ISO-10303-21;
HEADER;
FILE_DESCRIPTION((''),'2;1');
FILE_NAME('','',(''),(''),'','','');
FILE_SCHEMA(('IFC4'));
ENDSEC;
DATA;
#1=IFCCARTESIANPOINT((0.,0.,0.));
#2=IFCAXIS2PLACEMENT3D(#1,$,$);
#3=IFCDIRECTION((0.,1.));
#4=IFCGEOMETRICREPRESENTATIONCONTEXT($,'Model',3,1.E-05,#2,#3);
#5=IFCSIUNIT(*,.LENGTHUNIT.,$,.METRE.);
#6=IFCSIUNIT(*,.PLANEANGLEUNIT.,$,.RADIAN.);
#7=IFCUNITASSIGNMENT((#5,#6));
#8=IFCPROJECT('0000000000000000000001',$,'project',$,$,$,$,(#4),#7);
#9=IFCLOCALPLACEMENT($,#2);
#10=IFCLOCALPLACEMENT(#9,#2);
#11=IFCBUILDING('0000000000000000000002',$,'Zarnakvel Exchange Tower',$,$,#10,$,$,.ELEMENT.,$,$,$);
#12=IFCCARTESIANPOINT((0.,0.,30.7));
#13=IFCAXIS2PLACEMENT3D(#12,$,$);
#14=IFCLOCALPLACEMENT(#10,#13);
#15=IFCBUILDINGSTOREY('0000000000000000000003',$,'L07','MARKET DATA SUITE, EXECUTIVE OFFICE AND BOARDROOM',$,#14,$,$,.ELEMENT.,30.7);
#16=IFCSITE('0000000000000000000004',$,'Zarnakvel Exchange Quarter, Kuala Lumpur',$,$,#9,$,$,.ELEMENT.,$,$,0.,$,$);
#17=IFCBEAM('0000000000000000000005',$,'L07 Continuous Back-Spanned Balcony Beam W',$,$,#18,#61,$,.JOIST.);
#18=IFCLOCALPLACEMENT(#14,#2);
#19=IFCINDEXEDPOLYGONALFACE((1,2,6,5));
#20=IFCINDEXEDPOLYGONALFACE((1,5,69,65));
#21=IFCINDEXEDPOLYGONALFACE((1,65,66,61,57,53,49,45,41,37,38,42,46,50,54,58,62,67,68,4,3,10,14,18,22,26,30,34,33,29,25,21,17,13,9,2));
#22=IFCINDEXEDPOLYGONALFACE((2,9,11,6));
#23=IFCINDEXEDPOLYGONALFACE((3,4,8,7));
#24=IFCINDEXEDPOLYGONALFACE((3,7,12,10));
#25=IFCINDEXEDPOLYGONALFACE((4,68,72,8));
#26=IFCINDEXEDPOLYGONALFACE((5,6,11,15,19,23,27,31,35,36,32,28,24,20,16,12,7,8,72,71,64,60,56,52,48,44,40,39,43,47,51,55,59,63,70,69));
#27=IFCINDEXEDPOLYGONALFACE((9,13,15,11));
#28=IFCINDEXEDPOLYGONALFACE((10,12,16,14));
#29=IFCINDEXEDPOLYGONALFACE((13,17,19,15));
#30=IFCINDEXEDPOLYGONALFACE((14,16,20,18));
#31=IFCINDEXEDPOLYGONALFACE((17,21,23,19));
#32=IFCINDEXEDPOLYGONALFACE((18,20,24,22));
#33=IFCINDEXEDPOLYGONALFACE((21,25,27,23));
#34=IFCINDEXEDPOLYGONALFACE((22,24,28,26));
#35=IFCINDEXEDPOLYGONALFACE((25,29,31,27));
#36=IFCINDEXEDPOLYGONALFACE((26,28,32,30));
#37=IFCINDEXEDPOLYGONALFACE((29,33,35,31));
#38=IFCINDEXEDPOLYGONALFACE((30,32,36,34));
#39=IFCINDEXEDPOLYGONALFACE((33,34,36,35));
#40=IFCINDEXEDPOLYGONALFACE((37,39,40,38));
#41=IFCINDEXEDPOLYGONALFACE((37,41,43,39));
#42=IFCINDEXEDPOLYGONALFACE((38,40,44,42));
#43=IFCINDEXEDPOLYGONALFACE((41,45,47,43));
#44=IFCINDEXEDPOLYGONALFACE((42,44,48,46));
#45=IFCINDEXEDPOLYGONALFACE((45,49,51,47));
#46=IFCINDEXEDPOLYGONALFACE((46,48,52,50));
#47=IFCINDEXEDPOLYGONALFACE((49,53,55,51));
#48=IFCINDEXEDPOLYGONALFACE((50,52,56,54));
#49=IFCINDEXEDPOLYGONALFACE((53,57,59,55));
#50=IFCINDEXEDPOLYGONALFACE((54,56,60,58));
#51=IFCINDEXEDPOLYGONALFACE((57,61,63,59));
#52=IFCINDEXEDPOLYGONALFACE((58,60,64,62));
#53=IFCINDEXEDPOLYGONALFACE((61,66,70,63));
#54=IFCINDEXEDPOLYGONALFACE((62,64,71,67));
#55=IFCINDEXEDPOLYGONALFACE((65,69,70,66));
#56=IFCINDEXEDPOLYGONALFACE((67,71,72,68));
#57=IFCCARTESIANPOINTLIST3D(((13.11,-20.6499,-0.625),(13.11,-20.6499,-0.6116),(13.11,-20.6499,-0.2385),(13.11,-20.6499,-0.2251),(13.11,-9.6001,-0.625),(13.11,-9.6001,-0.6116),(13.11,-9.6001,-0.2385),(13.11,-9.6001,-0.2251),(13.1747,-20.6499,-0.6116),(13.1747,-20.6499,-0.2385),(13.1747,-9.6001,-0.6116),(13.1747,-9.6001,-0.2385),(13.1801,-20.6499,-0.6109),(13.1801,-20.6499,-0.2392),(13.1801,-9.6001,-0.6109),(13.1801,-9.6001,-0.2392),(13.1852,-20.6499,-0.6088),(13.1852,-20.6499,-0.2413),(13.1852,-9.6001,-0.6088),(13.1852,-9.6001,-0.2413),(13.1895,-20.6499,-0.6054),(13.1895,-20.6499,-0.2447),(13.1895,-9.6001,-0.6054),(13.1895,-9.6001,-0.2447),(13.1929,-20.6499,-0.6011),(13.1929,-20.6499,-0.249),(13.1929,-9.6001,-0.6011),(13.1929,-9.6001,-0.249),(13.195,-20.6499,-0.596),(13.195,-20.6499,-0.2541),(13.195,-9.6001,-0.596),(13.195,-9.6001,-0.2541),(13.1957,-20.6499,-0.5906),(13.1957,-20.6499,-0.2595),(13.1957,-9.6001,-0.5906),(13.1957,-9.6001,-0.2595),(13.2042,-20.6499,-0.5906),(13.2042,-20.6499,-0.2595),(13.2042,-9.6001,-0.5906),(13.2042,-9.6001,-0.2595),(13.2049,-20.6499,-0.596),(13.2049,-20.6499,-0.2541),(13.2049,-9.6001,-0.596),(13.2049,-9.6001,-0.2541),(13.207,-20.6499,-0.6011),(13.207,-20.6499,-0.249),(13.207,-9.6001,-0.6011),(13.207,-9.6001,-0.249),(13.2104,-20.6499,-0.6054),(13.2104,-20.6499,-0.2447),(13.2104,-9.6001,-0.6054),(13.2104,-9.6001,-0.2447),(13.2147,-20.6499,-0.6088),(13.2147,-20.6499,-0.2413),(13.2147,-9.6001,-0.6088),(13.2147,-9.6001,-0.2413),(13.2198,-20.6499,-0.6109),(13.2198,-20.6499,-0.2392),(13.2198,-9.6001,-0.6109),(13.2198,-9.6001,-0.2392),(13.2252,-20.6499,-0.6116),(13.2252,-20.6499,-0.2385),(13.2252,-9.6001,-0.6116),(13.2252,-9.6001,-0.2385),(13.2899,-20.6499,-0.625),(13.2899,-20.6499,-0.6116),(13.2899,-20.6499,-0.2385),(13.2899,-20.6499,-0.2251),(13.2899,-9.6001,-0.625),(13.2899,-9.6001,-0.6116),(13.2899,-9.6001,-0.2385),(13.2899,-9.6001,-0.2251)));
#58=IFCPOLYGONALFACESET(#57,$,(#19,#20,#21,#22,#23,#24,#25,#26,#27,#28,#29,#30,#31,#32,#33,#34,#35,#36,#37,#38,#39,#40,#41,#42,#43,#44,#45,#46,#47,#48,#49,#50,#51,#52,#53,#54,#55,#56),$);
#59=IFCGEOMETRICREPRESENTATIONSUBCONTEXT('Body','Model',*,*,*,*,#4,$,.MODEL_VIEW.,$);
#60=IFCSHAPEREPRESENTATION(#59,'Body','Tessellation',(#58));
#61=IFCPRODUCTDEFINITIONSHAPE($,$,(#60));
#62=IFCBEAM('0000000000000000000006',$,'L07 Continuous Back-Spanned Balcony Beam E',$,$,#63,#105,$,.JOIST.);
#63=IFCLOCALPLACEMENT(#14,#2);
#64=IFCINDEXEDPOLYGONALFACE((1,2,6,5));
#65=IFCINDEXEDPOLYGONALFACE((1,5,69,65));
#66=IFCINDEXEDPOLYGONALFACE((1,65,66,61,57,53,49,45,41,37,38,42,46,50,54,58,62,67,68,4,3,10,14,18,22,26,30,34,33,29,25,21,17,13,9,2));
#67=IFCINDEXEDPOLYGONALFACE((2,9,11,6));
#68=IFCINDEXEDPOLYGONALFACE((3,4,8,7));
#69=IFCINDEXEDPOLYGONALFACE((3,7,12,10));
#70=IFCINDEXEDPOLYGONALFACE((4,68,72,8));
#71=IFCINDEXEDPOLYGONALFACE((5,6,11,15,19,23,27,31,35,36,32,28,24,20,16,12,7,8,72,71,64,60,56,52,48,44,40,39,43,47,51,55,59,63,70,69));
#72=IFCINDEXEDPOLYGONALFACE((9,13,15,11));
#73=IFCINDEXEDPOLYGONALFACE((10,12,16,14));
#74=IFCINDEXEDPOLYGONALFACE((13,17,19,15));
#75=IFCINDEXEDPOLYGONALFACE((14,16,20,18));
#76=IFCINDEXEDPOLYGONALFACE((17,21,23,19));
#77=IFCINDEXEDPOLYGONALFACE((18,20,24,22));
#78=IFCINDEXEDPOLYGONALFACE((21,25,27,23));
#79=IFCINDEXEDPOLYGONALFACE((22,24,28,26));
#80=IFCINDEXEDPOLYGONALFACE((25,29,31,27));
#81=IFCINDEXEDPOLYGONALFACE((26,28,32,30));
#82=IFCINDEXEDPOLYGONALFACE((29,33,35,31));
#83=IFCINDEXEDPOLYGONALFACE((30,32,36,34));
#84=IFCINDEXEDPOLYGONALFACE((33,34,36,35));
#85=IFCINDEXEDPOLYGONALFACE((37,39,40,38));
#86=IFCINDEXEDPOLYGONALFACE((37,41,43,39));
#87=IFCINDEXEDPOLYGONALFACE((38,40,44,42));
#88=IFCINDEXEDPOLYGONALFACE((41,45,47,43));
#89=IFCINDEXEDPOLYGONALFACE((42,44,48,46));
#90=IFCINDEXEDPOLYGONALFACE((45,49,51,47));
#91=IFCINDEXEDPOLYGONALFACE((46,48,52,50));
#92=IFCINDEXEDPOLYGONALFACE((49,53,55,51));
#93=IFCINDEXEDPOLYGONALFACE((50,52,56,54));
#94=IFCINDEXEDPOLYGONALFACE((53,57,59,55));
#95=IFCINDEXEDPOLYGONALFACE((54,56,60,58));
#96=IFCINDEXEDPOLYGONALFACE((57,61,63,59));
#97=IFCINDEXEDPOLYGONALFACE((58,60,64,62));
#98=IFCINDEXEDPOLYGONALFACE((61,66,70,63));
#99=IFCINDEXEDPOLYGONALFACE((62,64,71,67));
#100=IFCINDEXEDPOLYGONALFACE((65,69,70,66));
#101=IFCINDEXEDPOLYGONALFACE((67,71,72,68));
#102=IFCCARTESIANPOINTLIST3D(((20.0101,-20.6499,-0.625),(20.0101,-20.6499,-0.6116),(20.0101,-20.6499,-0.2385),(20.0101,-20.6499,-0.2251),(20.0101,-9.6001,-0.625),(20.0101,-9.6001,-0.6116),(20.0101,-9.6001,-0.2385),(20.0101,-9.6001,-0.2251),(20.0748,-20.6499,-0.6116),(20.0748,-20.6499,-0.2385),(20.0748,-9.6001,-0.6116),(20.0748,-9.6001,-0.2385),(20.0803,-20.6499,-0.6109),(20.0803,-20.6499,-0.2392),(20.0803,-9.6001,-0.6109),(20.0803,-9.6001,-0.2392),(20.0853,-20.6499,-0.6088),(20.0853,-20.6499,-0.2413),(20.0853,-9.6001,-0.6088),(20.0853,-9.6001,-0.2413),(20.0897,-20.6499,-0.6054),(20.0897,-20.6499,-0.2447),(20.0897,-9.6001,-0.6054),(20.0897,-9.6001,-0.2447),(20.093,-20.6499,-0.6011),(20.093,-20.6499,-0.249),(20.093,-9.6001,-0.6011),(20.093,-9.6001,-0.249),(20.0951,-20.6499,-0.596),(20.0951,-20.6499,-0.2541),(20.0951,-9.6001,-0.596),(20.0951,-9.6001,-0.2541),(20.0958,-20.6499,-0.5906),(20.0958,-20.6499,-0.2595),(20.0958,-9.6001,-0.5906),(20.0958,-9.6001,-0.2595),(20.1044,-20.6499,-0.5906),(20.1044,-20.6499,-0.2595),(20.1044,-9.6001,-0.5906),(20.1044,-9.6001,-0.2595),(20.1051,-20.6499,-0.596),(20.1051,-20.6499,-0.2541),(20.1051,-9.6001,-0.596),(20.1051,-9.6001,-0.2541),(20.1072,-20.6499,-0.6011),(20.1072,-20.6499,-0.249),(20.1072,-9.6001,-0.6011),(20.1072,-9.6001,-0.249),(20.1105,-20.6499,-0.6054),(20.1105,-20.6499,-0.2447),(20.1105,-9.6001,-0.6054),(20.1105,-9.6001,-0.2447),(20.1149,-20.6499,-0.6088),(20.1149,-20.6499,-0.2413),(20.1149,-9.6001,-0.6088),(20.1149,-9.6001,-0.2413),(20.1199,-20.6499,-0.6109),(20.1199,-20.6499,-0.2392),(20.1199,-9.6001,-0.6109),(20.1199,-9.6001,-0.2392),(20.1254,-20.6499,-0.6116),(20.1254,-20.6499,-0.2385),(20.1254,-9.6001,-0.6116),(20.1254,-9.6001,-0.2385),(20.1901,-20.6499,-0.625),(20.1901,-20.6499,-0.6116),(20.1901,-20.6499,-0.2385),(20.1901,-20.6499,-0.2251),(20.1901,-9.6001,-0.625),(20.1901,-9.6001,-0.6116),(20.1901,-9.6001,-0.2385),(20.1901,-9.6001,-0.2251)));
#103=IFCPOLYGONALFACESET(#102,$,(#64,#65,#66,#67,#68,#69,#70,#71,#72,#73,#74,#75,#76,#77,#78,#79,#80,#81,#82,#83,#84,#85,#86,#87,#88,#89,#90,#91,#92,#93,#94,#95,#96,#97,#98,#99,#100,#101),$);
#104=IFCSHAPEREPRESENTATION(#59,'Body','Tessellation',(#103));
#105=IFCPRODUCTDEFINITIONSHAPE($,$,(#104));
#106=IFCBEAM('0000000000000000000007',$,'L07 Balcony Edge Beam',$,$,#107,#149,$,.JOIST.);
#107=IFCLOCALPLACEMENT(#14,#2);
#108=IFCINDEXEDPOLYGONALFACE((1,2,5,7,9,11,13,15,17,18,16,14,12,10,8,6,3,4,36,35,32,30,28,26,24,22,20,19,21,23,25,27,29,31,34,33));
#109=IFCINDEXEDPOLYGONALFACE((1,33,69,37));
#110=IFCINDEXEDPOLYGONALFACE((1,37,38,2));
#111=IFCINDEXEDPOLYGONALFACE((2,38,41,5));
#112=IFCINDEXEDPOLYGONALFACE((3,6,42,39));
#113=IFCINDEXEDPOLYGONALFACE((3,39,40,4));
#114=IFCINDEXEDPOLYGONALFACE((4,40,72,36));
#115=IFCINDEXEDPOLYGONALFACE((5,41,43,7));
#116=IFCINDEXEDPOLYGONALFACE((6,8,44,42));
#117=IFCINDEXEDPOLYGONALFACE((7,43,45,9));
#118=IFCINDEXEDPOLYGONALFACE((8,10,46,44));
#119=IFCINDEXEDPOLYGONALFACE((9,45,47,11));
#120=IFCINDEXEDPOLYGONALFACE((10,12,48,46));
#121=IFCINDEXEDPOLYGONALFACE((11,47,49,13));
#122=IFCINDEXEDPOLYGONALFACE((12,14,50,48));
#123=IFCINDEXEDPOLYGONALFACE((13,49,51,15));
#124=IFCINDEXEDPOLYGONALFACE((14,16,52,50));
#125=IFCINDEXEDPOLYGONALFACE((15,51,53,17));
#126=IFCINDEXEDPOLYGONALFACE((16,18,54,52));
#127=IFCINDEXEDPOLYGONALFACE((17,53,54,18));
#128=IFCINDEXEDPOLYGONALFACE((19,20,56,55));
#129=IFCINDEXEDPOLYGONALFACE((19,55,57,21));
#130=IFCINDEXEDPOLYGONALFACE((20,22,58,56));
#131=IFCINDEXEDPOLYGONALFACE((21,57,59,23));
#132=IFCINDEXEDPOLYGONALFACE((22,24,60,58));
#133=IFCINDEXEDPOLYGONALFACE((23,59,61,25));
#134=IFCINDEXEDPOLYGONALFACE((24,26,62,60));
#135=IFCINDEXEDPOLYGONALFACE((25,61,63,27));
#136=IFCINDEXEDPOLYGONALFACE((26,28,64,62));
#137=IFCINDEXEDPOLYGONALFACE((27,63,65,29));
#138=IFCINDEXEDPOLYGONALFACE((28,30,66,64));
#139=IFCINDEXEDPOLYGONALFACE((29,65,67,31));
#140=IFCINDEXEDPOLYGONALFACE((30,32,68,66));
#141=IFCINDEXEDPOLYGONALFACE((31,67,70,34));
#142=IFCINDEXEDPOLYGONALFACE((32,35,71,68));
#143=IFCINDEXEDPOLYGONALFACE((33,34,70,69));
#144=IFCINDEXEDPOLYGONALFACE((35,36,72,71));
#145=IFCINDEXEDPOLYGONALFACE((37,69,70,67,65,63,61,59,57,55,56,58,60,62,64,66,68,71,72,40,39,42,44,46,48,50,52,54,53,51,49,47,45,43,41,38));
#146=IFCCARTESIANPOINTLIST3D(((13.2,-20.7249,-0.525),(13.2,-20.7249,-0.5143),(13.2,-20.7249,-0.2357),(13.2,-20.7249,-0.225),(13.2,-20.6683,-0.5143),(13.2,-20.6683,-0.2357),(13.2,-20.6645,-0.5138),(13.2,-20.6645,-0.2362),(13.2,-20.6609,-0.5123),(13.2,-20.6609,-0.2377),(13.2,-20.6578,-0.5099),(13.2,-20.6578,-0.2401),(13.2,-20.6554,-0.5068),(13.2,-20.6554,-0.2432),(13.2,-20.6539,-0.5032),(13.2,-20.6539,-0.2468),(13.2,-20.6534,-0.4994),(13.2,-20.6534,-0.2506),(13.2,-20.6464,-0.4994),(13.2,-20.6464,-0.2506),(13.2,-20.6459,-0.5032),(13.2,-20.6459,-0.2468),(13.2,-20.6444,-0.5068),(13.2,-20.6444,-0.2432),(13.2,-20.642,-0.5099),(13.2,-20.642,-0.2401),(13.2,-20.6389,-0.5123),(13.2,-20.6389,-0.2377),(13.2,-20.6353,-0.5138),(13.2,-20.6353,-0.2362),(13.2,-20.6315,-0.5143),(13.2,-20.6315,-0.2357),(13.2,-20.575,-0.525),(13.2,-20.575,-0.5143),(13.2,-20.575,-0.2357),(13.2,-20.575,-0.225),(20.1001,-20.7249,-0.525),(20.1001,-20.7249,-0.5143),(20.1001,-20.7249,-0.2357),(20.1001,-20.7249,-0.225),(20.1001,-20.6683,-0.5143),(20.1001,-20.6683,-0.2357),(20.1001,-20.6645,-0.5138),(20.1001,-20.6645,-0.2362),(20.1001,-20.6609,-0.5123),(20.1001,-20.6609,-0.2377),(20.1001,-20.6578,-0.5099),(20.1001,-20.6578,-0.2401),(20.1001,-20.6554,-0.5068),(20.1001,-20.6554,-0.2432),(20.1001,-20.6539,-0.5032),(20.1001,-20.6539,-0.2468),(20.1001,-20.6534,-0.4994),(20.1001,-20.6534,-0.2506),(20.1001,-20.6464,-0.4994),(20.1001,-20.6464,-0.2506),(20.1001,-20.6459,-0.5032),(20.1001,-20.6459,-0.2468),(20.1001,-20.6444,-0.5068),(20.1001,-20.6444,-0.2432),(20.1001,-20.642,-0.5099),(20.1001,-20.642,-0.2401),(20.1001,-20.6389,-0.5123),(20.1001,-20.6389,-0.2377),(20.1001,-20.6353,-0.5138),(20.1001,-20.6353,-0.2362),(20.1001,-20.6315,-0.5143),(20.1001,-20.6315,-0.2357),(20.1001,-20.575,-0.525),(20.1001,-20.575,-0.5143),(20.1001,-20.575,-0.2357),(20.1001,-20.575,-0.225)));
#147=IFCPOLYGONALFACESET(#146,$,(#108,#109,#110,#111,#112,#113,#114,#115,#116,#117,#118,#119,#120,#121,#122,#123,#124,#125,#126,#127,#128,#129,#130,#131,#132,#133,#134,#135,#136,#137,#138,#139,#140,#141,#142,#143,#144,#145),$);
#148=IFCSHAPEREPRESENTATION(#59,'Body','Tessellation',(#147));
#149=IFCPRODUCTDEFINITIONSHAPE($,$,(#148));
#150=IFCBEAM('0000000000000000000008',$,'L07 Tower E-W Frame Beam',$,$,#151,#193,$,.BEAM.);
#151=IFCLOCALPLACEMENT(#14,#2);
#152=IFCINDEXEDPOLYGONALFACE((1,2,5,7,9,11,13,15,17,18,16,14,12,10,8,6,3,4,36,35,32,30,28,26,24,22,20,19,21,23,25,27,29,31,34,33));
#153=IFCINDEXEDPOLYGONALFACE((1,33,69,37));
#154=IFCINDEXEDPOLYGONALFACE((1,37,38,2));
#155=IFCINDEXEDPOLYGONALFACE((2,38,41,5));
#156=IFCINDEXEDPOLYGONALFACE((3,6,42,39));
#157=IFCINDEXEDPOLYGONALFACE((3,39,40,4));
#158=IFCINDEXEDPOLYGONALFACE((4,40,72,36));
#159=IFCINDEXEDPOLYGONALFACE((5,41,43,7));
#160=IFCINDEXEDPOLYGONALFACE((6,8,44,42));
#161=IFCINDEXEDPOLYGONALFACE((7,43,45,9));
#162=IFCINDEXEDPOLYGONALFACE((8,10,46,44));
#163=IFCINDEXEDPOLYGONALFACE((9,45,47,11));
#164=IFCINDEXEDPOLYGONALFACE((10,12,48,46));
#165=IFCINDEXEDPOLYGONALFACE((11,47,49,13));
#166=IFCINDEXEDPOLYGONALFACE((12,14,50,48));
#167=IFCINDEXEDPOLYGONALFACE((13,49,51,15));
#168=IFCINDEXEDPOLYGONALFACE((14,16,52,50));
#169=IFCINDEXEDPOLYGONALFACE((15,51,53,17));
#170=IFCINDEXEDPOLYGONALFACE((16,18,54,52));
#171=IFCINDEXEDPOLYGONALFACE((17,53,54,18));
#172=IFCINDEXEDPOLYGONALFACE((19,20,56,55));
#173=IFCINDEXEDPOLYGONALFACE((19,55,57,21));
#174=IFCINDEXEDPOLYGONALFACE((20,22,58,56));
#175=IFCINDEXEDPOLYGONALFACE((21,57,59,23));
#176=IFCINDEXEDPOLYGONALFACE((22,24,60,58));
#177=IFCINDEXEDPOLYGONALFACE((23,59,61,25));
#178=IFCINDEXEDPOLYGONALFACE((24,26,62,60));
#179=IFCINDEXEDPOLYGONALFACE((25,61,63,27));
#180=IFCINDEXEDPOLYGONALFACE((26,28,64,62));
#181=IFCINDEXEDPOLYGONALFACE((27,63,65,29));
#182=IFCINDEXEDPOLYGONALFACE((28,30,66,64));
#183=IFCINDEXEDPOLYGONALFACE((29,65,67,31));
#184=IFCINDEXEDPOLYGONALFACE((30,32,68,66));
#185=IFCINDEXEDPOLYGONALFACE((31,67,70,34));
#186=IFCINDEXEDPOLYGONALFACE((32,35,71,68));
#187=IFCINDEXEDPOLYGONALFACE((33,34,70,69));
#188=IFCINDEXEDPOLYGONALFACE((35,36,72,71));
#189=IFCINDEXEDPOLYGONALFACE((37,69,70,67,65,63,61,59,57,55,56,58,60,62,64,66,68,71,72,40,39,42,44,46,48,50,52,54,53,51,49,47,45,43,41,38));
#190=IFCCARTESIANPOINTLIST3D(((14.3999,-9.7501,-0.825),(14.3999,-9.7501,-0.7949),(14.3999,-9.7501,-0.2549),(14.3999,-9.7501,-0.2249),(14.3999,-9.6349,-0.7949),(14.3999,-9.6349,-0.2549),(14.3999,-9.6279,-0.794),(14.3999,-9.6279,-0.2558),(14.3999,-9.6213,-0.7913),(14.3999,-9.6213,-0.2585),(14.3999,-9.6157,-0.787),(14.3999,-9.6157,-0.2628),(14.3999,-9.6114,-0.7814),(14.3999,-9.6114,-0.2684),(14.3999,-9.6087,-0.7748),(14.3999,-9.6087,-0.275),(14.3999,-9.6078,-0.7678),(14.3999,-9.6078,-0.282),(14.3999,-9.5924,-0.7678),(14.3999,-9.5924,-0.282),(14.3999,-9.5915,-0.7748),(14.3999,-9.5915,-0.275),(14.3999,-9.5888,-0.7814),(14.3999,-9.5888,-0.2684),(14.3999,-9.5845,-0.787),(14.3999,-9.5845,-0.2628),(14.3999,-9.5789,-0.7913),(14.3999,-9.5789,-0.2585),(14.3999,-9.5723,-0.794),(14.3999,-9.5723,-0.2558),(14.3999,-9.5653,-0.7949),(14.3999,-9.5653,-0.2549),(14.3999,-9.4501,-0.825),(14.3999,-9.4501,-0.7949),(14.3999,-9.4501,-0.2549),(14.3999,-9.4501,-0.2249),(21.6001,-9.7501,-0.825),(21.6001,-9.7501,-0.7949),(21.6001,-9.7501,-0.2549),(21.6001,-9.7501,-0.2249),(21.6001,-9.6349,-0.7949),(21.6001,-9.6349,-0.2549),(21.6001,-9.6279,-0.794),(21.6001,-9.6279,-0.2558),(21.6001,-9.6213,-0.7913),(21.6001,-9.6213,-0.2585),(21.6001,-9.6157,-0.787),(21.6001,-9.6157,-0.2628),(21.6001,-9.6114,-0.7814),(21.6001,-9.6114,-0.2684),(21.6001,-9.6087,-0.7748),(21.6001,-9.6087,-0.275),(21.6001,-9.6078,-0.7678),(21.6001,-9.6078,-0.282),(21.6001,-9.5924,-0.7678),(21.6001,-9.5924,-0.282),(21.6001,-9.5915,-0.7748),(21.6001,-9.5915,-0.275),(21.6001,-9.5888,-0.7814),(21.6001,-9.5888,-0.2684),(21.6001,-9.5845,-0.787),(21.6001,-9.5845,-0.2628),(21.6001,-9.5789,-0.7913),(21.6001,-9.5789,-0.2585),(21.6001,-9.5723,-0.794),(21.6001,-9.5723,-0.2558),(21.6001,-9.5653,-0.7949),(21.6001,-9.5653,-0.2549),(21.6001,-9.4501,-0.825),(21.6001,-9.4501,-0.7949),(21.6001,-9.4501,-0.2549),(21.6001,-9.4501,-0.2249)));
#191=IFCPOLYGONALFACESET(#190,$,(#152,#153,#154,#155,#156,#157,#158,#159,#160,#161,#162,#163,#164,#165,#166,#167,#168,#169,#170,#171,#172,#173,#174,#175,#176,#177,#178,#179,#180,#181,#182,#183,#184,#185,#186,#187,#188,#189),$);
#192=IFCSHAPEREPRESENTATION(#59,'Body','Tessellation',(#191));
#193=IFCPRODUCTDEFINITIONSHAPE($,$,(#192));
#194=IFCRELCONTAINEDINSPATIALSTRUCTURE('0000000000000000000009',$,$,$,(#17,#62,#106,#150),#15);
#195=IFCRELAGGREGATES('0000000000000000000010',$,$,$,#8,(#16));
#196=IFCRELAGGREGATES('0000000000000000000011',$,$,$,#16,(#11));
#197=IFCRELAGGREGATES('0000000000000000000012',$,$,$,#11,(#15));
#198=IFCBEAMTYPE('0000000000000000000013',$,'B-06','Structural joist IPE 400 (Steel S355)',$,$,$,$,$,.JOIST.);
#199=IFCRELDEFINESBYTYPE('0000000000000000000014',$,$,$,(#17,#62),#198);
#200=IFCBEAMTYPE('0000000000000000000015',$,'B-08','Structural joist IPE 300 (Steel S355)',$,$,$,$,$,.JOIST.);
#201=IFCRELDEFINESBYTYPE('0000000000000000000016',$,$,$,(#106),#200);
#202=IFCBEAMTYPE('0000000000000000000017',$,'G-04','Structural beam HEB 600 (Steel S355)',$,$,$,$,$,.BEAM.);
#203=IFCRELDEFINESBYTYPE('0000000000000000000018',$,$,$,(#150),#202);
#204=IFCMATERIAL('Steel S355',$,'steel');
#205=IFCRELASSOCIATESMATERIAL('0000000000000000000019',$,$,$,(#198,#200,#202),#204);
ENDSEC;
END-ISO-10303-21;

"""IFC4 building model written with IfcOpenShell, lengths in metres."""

from ifc_helpers import new_model, si_unit, direction, frame, origin, origin_2d, place, context, subcontext, project, spatial, i_section, extrude, material, material_profile, profile_set, type_object, element, save


model = new_model("IFC4")

# Units and contexts
model_context = context("Model", 3, precision=1e-05, world=origin(), true_north=direction((0.0, 1.0)))
body_context = subcontext(model_context, "Body", "Model", "MODEL_VIEW")
ifc_project = project(units=[si_unit("LENGTHUNIT", "METRE"), si_unit("PLANEANGLEUNIT", "RADIAN")], contexts=[model_context])

# Site, building, storey
site_placement = place(None, origin())
site = spatial("IfcSite", under=ifc_project, at=site_placement, Name="Zarnakvel Exchange Quarter, Kuala Lumpur", CompositionType="ELEMENT", RefElevation=0.0)
building_placement = place(site_placement, origin())
building = spatial("IfcBuilding", under=site, at=building_placement, Name="Zarnakvel Exchange Tower", CompositionType="ELEMENT")
storey_placement = place(building_placement, frame((0.0, 0.0, 30.7)))
storey = spatial("IfcBuildingStorey", under=building, at=storey_placement, Name="L07", Description="MARKET DATA SUITE, EXECUTIVE OFFICE AND BOARDROOM", CompositionType="ELEMENT", Elevation=30.7)

# Shared definitions
ifc_material_1 = material(Name="Steel S355", Category="steel")

# Beams
ifc_material_profile_1 = material_profile(ifc_material_1, i_section(OverallWidth=0.1799, OverallDepth=0.3999, WebThickness=0.0085, FlangeThickness=0.0134, FilletRadius=0.021, at=origin_2d()))
ifc_profile_set_1 = profile_set([ifc_material_profile_1], Name="Steel S355")
beam_type_1 = type_object("IfcBeamType", Name="B-06", Description="Structural joist IPE 400 (Steel S355)", PredefinedType="JOIST", material=ifc_profile_set_1)
for number, where, z_axis, x_axis, name in (
    (1, (13.2, -9.6001, -0.425), (0.0, -1.0, 0.0), (1.0, 0.0, 0.0), "L07 Continuous Back-Spanned Balcony Beam W"),
    (2, (20.1001, -9.6001, -0.425), (0.0, -1.0, 0.0), (1.0, 0.0, 0.0), "L07 Continuous Back-Spanned Balcony Beam E"),
):
    element("IfcBeam", number, at=place(storey_placement, frame(where, z_axis=z_axis, x_axis=x_axis)), inside=storey, type_object=beam_type_1, Name=name, PredefinedType="JOIST", context=body_context, shape_type="SweptSolid", body=[
        extrude(i_section(OverallWidth=0.1799, OverallDepth=0.3999, WebThickness=0.0085, FlangeThickness=0.0134, FilletRadius=0.021, at=origin_2d()), origin(), (0.0, 0.0, 1.0), 11.0498),
    ])
ifc_material_profile_2 = material_profile(ifc_material_1, i_section(OverallWidth=0.1499, OverallDepth=0.3, WebThickness=0.0071, FlangeThickness=0.0107, FilletRadius=0.0149, at=origin_2d()))
ifc_profile_set_2 = profile_set([ifc_material_profile_2], Name="Steel S355")
beam_type_2 = type_object("IfcBeamType", Name="B-08", Description="Structural joist IPE 300 (Steel S355)", PredefinedType="JOIST", material=ifc_profile_set_2)
beam_1_placement = place(storey_placement, frame((13.2, -20.6499, -0.375), z_axis=(1.0, 0.0, 0.0), x_axis=(0.0, 1.0, 0.0)))
element("IfcBeam", 3, at=beam_1_placement, inside=storey, type_object=beam_type_2, Name="L07 Balcony Edge Beam", PredefinedType="JOIST", context=body_context, shape_type="SweptSolid", body=[
    extrude(i_section(OverallWidth=0.1499, OverallDepth=0.3, WebThickness=0.0071, FlangeThickness=0.0107, FilletRadius=0.0149, at=origin_2d()), origin(), (0.0, 0.0, 1.0), 6.9001),
])
ifc_material_profile_3 = material_profile(ifc_material_1, i_section(OverallWidth=0.3, OverallDepth=0.6001, WebThickness=0.0154, FlangeThickness=0.03, FilletRadius=0.0271, at=origin_2d()))
ifc_profile_set_3 = profile_set([ifc_material_profile_3], Name="Steel S355")
beam_type_3 = type_object("IfcBeamType", Name="G-04", Description="Structural beam HEB 600 (Steel S355)", PredefinedType="BEAM", material=ifc_profile_set_3)
beam_2_placement = place(storey_placement, frame((14.3999, -9.6001, -0.5249), z_axis=(1.0, 0.0, 0.0), x_axis=(0.0, 1.0, 0.0)))
element("IfcBeam", 4, at=beam_2_placement, inside=storey, type_object=beam_type_3, Name="L07 Tower E-W Frame Beam", PredefinedType="BEAM", context=body_context, shape_type="SweptSolid", body=[
    extrude(i_section(OverallWidth=0.3, OverallDepth=0.6001, WebThickness=0.0154, FlangeThickness=0.03, FilletRadius=0.0271, at=origin_2d()), origin(), (0.0, 0.0, 1.0), 7.2002),
])

save(model, "model.ifc")
